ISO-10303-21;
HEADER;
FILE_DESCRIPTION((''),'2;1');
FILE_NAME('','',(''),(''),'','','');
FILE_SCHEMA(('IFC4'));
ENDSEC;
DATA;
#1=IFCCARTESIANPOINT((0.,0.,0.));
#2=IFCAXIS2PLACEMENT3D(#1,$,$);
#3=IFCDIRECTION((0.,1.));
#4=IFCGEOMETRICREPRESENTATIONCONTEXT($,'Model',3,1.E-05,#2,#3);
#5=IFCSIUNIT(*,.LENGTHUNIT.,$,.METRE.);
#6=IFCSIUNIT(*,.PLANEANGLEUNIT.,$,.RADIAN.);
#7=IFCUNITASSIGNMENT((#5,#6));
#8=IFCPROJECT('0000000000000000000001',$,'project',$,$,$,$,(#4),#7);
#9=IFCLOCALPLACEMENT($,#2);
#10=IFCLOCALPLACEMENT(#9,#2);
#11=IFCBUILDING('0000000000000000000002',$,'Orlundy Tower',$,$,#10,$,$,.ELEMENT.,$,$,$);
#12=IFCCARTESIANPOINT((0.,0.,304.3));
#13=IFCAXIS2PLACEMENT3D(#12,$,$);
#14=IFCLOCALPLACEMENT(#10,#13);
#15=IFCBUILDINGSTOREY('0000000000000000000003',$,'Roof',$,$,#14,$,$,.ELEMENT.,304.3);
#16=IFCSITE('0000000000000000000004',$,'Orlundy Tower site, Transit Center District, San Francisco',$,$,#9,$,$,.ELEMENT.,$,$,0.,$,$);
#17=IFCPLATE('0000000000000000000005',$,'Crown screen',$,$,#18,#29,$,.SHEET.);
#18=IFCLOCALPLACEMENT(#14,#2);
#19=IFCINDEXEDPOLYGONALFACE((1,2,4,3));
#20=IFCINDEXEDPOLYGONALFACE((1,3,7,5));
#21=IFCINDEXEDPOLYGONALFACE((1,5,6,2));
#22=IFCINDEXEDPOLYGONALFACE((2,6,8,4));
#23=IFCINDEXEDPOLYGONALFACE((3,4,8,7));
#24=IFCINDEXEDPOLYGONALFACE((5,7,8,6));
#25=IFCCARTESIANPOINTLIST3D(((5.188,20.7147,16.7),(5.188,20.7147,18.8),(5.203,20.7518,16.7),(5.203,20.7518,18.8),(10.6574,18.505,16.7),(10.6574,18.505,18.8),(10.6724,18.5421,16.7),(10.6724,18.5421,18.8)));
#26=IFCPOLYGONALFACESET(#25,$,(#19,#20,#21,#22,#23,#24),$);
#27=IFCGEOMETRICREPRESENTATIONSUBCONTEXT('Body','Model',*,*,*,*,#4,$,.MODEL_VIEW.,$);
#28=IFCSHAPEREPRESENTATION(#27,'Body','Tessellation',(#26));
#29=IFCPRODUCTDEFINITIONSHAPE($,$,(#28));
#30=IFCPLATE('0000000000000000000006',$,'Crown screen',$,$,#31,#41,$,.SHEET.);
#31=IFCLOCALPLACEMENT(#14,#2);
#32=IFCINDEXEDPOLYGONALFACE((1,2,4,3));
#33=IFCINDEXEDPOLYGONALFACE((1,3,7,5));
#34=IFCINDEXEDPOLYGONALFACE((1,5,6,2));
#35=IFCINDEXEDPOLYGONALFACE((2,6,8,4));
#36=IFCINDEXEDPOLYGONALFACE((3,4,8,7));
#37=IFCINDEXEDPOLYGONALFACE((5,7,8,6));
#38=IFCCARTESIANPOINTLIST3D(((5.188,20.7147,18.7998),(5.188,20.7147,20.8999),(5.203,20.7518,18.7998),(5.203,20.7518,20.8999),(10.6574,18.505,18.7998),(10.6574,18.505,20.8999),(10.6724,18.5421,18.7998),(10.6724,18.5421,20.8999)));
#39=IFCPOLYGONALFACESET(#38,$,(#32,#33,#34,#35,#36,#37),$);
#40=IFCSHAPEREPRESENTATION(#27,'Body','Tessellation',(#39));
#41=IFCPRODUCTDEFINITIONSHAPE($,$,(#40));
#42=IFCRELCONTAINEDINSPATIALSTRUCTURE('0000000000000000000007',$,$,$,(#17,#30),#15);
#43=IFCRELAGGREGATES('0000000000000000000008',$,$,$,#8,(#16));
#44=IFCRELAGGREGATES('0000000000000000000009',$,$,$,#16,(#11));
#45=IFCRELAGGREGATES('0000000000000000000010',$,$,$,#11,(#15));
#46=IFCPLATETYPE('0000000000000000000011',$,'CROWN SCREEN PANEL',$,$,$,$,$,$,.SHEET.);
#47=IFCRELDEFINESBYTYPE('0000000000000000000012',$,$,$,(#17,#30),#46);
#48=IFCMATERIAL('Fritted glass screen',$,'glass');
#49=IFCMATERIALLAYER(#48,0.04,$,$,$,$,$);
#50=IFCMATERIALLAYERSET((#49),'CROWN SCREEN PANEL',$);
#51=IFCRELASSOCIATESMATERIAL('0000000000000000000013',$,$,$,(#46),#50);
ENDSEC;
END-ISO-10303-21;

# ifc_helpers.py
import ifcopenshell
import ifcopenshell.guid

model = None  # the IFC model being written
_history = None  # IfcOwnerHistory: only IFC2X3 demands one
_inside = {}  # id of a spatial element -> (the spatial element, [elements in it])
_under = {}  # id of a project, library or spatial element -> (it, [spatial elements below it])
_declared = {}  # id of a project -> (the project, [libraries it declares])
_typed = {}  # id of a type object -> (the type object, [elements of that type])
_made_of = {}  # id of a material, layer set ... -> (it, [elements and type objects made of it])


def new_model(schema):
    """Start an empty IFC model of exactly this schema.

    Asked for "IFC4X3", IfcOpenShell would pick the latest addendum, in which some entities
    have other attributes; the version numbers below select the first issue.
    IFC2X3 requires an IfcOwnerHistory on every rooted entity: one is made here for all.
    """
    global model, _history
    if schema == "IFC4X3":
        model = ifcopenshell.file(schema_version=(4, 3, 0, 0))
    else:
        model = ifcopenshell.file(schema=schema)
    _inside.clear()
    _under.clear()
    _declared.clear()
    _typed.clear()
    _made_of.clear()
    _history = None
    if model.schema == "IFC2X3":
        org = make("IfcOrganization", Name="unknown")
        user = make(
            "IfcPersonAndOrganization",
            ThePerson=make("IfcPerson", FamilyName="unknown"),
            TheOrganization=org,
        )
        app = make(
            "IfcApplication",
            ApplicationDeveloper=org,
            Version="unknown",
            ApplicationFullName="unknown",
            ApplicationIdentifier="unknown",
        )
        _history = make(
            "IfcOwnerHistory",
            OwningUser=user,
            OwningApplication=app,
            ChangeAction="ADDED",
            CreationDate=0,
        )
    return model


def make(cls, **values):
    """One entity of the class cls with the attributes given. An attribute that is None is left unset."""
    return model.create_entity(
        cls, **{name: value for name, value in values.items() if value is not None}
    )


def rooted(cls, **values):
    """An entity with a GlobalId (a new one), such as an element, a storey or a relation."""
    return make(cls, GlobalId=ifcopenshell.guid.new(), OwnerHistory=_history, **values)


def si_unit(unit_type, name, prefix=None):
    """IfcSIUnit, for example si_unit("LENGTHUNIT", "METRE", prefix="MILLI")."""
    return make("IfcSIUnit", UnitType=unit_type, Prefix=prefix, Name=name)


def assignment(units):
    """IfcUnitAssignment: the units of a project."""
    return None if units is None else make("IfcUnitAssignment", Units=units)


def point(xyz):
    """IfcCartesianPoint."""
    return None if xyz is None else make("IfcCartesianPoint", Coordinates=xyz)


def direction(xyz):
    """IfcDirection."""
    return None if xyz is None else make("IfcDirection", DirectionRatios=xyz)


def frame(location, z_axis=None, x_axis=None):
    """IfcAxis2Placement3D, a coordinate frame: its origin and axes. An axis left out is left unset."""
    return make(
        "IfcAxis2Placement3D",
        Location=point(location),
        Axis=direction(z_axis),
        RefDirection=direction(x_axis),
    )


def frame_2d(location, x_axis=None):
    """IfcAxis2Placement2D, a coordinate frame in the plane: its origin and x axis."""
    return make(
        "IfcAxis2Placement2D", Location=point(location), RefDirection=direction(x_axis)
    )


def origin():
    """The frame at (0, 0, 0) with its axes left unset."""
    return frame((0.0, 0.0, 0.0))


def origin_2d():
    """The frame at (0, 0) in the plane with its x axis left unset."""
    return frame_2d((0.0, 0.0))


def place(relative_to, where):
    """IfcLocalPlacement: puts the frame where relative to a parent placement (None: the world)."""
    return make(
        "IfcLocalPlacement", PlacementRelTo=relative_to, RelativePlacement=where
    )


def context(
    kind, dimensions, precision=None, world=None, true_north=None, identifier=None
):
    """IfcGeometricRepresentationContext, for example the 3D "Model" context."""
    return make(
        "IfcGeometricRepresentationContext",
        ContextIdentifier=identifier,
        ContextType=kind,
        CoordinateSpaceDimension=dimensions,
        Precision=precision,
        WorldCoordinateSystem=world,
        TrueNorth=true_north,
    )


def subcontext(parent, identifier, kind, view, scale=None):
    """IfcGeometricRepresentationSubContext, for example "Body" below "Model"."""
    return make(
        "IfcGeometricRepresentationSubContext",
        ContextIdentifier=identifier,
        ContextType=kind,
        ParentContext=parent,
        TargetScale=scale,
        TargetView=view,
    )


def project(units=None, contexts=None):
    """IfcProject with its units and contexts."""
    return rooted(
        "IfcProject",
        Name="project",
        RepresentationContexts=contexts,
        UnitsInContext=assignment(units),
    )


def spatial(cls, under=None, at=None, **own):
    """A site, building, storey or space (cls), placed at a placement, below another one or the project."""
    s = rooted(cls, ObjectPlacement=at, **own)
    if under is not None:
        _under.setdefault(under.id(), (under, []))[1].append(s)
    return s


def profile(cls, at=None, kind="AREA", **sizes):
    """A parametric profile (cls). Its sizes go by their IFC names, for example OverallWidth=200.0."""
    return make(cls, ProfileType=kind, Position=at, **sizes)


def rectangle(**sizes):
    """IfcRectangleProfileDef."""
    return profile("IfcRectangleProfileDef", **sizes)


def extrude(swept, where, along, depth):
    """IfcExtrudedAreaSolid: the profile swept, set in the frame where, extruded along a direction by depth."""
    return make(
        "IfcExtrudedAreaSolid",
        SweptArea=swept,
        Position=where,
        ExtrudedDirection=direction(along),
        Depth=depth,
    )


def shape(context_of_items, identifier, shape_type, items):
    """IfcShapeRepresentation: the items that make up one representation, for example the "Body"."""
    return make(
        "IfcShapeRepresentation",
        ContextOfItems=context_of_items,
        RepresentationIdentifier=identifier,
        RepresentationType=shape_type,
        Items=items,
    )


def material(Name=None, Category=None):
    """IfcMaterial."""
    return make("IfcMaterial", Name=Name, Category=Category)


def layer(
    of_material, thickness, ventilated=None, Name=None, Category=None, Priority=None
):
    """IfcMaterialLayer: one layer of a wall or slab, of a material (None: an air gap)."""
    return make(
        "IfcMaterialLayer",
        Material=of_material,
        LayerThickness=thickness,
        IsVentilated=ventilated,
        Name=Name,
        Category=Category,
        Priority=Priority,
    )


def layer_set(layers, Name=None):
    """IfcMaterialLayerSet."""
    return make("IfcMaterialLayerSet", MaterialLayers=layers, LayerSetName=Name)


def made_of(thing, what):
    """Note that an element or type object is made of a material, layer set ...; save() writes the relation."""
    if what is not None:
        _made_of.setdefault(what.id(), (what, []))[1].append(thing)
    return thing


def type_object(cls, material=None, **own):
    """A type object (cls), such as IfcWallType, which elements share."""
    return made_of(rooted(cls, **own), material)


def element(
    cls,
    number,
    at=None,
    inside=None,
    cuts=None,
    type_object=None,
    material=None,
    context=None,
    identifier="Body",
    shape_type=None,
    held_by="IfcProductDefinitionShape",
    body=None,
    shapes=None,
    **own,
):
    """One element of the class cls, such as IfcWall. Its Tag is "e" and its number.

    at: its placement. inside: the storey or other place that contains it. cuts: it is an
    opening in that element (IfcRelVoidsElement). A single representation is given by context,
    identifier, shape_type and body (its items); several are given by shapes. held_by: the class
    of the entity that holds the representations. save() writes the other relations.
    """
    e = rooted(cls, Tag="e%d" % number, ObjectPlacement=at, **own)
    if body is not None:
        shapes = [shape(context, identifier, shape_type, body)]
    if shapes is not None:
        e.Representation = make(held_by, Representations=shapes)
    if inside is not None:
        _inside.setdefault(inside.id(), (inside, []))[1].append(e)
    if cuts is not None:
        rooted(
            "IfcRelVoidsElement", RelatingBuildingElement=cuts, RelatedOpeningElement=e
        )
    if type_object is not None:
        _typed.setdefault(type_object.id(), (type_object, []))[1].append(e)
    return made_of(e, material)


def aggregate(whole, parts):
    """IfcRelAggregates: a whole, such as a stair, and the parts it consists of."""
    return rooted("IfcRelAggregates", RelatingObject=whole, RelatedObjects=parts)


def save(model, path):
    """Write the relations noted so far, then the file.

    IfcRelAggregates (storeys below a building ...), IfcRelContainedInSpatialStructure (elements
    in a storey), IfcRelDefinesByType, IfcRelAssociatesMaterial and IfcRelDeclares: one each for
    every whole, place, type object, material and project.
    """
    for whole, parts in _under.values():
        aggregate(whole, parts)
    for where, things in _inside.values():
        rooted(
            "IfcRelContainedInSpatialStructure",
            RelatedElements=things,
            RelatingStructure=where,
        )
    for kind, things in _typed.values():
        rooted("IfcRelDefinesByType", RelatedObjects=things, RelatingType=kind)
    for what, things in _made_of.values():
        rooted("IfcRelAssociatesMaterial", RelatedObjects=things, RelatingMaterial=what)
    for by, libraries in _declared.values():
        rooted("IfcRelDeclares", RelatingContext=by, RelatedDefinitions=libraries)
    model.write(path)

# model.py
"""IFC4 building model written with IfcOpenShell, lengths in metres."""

from ifc_helpers import new_model, si_unit, direction, frame, origin, origin_2d, place, context, subcontext, project, spatial, rectangle, extrude, material, layer, layer_set, type_object, element, save


model = new_model("IFC4")

# Units and contexts
model_context = context("Model", 3, precision=1e-05, world=origin(), true_north=direction((0.0, 1.0)))
body_context = subcontext(model_context, "Body", "Model", "MODEL_VIEW")
ifc_project = project(units=[si_unit("LENGTHUNIT", "METRE"), si_unit("PLANEANGLEUNIT", "RADIAN")], contexts=[model_context])

# Site, building, storey
site_placement = place(None, origin())
site = spatial("IfcSite", under=ifc_project, at=site_placement, Name="Orlundy Tower site, Transit Center District, San Francisco", CompositionType="ELEMENT", RefElevation=0.0)
building_placement = place(site_placement, origin())
building = spatial("IfcBuilding", under=site, at=building_placement, Name="Orlundy Tower", CompositionType="ELEMENT")
storey_placement = place(building_placement, frame((0.0, 0.0, 304.3)))
storey = spatial("IfcBuildingStorey", under=building, at=storey_placement, Name="Roof", CompositionType="ELEMENT", Elevation=304.3)

# Plates
ifc_material_1 = material(Name="Fritted glass screen", Category="glass")
ifc_layer = layer(ifc_material_1, 0.04)
ifc_layer_set = layer_set([ifc_layer], Name="CROWN SCREEN PANEL")
plate_type = type_object("IfcPlateType", Name="CROWN SCREEN PANEL", PredefinedType="SHEET", material=ifc_layer_set)
for number, where, z_axis, x_axis, name in (
    (1, (7.9302, 19.6284, 16.7), (0.0, 0.0, 1.0), (-0.927188, 0.374597, 0.0), "Crown screen"),
    (2, (7.9302, 19.6284, 18.7998), (0.0, 0.0, 1.0), (-0.927188, 0.374597, 0.0), "Crown screen"),
):
    element("IfcPlate", number, at=place(storey_placement, frame(where, z_axis=z_axis, x_axis=x_axis)), inside=storey, type_object=plate_type, Name=name, PredefinedType="SHEET", context=body_context, shape_type="SweptSolid", body=[
        extrude(rectangle(XDim=5.8989, YDim=0.04, at=origin_2d()), origin(), (0.0, 0.0, 1.0), 2.1001),
    ])

save(model, "model.ifc")
